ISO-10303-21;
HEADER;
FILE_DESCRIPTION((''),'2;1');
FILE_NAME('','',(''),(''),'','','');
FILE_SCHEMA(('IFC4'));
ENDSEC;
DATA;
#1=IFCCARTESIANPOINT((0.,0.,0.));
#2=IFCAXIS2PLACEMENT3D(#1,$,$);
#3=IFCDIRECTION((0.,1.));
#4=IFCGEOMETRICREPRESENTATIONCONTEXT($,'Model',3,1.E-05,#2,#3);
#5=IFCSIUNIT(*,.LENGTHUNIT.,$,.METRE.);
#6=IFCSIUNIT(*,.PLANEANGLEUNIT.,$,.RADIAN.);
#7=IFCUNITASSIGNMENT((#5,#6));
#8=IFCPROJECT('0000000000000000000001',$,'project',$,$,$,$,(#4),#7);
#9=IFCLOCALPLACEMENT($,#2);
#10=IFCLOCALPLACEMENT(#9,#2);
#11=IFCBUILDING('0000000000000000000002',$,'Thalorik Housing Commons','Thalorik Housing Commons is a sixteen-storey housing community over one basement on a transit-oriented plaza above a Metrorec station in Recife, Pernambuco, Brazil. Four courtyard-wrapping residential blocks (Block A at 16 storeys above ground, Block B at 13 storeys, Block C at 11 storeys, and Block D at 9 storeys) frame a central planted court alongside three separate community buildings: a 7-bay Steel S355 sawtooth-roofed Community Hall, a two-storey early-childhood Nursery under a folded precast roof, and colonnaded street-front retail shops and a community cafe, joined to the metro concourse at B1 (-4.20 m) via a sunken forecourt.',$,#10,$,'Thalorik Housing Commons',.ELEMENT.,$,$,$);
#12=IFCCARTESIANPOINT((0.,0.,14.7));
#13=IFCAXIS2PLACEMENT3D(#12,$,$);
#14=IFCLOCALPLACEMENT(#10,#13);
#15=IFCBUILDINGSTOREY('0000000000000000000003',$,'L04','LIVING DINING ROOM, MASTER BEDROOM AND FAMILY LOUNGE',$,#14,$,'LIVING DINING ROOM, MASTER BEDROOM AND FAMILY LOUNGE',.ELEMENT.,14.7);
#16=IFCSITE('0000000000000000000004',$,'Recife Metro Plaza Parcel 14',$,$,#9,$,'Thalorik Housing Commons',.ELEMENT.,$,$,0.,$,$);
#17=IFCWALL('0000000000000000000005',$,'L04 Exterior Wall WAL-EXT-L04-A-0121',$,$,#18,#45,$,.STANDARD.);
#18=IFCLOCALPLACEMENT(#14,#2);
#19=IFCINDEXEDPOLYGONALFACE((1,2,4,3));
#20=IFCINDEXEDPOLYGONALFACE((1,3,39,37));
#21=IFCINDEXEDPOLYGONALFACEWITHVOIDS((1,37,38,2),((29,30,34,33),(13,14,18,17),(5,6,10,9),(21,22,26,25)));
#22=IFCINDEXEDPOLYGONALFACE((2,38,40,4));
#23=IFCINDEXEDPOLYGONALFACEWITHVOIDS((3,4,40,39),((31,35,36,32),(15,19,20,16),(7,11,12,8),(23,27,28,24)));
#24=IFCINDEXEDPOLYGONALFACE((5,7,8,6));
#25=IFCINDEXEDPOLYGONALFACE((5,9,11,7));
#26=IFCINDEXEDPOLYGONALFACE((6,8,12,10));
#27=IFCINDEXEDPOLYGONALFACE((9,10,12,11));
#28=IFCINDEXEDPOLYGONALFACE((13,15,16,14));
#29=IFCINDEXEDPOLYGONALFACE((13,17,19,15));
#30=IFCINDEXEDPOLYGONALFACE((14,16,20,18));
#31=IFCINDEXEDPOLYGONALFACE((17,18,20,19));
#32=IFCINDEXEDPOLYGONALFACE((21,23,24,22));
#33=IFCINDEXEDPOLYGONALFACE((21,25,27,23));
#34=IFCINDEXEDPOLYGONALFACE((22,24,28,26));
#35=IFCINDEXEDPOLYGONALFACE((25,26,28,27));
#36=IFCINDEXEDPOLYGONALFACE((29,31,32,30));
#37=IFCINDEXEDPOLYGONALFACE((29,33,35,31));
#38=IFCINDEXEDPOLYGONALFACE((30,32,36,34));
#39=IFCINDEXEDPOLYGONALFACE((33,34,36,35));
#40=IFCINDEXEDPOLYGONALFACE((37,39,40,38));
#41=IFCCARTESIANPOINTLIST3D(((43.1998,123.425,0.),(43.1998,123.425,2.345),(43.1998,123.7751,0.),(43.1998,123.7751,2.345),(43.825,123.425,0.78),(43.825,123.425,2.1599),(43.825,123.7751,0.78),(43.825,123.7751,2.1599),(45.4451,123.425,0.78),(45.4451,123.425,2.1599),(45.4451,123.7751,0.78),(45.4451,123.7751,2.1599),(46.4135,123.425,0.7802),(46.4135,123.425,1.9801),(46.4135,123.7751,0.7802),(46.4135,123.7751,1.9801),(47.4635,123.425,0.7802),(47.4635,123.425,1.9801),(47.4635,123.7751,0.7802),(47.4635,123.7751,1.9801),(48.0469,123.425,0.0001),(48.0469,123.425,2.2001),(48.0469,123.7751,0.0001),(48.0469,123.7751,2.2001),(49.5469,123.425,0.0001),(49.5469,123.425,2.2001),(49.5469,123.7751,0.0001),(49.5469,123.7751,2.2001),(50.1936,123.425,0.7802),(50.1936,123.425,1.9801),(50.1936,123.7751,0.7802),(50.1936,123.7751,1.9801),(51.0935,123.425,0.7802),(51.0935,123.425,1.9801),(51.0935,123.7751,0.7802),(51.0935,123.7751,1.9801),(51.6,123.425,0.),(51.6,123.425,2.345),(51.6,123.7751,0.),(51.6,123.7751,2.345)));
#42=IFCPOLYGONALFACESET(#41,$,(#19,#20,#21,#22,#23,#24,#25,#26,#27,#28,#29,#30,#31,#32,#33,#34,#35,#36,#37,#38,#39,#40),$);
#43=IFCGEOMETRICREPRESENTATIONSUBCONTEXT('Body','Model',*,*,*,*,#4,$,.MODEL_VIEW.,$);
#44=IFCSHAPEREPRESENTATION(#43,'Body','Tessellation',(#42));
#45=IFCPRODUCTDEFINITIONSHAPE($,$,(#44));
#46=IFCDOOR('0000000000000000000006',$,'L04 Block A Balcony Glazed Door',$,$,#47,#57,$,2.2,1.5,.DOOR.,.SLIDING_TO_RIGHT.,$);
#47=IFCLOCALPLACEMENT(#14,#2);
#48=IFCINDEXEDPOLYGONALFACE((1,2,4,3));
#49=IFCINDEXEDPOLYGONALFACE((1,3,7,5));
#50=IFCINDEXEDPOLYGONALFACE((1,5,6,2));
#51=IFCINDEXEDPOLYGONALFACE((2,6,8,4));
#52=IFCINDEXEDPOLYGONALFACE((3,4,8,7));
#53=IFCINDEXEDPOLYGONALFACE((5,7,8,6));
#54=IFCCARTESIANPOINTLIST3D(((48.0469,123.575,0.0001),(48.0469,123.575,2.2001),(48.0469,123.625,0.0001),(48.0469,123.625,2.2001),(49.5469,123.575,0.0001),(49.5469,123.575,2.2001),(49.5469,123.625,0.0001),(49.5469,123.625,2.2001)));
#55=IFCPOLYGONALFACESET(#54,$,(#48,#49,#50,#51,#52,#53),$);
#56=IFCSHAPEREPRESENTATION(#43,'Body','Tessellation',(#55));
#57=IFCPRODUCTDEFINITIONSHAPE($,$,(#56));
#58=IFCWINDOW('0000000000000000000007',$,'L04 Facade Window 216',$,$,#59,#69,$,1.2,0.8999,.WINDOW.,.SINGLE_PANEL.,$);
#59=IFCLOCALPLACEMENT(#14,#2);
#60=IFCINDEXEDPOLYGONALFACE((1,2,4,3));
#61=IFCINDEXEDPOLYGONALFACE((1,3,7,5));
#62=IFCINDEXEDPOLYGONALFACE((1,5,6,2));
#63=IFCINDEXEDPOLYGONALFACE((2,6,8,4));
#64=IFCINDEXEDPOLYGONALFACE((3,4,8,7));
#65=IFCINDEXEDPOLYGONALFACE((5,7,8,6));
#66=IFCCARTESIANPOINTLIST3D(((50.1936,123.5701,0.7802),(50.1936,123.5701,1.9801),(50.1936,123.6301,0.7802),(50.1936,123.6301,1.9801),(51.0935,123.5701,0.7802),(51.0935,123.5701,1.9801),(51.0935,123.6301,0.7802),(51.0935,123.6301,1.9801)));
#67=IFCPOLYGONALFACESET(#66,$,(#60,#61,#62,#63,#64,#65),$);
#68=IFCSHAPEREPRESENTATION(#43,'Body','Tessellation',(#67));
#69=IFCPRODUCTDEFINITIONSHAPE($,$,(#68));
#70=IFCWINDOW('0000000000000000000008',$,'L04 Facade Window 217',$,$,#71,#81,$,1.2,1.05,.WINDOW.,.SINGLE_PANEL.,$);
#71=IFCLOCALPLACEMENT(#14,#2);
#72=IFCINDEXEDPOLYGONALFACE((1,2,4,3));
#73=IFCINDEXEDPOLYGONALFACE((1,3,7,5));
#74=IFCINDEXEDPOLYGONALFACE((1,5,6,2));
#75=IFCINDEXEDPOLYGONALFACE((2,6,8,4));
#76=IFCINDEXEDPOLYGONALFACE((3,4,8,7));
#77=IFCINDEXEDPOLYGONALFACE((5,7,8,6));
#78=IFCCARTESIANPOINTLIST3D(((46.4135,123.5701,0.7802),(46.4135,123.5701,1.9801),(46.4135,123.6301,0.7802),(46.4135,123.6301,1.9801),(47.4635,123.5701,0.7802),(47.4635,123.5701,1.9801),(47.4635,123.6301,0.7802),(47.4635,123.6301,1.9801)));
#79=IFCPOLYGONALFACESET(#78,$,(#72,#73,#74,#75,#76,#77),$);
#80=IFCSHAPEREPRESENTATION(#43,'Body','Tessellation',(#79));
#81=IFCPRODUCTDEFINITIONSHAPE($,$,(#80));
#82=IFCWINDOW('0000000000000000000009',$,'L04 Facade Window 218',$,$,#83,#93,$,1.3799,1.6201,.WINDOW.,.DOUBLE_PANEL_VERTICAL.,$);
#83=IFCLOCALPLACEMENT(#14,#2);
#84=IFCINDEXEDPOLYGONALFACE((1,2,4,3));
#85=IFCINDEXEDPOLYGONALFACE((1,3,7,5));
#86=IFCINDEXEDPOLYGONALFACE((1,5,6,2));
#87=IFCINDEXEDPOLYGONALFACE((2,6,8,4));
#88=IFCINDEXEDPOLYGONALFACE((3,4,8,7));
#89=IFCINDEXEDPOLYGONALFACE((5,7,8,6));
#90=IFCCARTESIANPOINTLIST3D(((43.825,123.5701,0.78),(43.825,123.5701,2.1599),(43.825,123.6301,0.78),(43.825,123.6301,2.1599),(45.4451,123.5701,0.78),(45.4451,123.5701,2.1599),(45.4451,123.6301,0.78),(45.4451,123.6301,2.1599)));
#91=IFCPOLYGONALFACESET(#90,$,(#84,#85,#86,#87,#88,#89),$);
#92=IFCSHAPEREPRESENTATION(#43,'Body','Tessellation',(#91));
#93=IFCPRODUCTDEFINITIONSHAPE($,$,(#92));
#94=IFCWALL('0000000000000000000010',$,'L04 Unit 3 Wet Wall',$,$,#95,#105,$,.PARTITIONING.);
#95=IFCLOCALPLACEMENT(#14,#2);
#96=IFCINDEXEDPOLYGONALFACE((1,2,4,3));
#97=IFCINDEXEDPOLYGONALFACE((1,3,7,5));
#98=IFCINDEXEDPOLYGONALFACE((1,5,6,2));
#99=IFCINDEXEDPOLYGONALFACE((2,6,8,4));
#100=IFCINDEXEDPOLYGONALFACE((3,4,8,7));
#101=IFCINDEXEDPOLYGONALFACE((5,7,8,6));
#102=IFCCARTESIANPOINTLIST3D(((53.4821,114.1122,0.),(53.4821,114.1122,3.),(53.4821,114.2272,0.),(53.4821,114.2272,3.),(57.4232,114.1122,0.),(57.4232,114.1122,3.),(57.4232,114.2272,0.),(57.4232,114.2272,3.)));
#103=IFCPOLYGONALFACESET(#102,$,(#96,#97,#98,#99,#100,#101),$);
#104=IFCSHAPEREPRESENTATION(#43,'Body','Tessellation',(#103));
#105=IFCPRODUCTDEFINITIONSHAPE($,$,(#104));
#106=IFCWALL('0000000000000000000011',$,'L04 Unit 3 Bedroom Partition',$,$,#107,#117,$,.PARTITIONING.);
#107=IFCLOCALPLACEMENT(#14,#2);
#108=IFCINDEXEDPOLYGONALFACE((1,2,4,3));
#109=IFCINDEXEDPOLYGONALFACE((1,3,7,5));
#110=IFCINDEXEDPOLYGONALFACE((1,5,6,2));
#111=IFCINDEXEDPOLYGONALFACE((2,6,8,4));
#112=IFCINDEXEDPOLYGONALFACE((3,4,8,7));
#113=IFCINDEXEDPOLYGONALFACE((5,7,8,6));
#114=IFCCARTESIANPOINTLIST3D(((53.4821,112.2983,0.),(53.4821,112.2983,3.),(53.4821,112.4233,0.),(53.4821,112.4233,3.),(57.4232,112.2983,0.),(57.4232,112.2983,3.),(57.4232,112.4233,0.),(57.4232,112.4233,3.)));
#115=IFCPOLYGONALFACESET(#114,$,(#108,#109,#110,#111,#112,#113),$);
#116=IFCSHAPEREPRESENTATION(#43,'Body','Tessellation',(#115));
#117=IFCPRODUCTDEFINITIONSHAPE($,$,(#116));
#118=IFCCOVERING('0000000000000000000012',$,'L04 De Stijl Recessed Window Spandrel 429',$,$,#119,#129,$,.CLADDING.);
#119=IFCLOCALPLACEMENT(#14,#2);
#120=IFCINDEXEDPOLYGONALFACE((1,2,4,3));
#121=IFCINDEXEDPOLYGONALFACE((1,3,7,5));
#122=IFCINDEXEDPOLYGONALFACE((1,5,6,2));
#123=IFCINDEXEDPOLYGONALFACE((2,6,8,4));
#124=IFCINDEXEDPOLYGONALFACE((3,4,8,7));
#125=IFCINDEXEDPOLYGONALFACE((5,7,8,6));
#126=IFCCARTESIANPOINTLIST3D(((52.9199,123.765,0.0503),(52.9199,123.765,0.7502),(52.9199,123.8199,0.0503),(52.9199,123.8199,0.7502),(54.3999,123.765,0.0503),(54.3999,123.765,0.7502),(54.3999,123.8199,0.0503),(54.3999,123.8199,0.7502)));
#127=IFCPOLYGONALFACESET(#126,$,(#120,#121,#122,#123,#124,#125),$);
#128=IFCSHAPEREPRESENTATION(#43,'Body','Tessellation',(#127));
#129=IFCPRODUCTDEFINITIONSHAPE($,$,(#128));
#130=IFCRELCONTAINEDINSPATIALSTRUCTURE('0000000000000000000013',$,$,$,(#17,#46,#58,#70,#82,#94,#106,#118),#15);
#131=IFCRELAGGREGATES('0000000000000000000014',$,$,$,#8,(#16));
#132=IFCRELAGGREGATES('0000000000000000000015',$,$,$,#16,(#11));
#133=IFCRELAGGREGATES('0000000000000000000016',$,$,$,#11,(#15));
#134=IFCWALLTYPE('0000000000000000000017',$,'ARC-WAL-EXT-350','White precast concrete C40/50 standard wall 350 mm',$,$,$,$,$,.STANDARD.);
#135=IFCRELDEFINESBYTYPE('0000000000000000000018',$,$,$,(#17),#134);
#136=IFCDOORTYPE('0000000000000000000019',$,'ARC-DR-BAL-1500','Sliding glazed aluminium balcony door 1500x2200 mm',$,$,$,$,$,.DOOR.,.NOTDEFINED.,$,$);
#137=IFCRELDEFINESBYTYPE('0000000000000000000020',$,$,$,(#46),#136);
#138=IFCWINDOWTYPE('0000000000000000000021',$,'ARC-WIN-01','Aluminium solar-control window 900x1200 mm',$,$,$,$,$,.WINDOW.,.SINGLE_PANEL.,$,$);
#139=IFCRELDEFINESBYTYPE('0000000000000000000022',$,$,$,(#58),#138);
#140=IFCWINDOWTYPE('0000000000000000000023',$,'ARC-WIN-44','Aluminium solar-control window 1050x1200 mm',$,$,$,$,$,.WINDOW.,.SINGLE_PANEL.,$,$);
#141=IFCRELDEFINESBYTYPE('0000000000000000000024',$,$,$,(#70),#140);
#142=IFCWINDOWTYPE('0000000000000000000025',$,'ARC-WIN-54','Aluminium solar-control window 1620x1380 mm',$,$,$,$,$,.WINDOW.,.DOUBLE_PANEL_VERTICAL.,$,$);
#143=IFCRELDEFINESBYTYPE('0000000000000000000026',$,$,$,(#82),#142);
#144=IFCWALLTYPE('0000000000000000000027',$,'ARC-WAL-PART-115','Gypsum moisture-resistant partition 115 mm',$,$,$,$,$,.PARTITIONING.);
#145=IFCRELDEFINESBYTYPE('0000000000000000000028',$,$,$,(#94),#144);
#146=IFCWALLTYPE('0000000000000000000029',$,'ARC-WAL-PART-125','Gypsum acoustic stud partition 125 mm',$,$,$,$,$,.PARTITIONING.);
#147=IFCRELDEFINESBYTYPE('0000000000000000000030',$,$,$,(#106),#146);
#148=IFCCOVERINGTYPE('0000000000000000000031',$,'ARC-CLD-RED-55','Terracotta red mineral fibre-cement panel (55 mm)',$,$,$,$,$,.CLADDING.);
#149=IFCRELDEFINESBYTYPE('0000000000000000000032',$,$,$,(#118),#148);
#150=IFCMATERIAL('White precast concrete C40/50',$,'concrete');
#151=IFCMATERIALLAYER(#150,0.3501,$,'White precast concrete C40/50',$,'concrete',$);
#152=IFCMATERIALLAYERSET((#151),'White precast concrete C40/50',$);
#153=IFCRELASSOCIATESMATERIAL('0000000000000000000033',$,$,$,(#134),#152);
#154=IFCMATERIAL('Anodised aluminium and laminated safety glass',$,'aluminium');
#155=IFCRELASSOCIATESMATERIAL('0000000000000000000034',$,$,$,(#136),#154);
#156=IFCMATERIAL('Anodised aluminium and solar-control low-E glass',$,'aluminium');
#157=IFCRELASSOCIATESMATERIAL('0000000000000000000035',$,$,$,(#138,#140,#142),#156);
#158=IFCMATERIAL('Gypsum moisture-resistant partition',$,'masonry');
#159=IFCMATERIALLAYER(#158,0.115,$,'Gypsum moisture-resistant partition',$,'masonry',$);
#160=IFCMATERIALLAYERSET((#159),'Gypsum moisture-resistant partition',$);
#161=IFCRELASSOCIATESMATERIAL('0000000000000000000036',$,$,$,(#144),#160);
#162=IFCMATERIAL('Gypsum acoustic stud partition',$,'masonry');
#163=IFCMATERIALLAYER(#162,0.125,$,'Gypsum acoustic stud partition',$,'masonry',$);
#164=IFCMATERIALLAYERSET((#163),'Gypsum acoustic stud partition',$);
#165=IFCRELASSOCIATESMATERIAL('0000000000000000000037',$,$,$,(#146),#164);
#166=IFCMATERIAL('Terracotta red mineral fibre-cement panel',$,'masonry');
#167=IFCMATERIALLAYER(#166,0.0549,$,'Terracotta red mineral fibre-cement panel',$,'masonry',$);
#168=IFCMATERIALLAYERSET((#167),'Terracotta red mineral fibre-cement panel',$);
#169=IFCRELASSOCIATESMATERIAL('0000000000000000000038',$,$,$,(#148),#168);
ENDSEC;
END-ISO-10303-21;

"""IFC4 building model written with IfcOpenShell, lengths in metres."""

from ifc_helpers import new_model, si_unit, direction, frame, frame_2d, origin, origin_2d, place, context, subcontext, project, spatial, rectangle, extrude, material, layer, layer_set, type_object, element, fill, save


model = new_model("IFC4")

# Units and contexts
model_context = context("Model", 3, precision=1e-05, world=origin(), true_north=direction((0.0, 1.0)))
body_context = subcontext(model_context, "Body", "Model", "MODEL_VIEW")
ifc_project = project(units=[si_unit("LENGTHUNIT", "METRE"), si_unit("PLANEANGLEUNIT", "RADIAN")], contexts=[model_context])

# Site, building, storey
site_placement = place(None, origin())
site = spatial("IfcSite", under=ifc_project, at=site_placement, Name="Recife Metro Plaza Parcel 14", LongName="Thalorik Housing Commons", CompositionType="ELEMENT", RefElevation=0.0)
building_placement = place(site_placement, origin())
building = spatial("IfcBuilding", under=site, at=building_placement, Name="Thalorik Housing Commons", Description="Thalorik Housing Commons is a sixteen-storey housing community over one basement on a transit-oriented plaza above a Metrorec station in Recife, Pernambuco, Brazil. Four courtyard-wrapping residential blocks (Block A at 16 storeys above ground, Block B at 13 storeys, Block C at 11 storeys, and Block D at 9 storeys) frame a central planted court alongside three separate community buildings: a 7-bay Steel S355 sawtooth-roofed Community Hall, a two-storey early-childhood Nursery under a folded precast roof, and colonnaded street-front retail shops and a community cafe, joined to the metro concourse at B1 (-4.20 m) via a sunken forecourt.", LongName="Thalorik Housing Commons", CompositionType="ELEMENT")
storey_placement = place(building_placement, frame((0.0, 0.0, 14.7)))
storey = spatial("IfcBuildingStorey", under=building, at=storey_placement, Name="L04", Description="LIVING DINING ROOM, MASTER BEDROOM AND FAMILY LOUNGE", LongName="LIVING DINING ROOM, MASTER BEDROOM AND FAMILY LOUNGE", CompositionType="ELEMENT", Elevation=14.7)

# Wall, openings, door, windows
ifc_material_1 = material(Name="White precast concrete C40/50", Category="concrete")
ifc_layer_1 = layer(ifc_material_1, 0.3501, Name="White precast concrete C40/50", Category="concrete")
ifc_layer_set_1 = layer_set([ifc_layer_1], Name="White precast concrete C40/50")
wall_type_1 = type_object("IfcWallType", Name="ARC-WAL-EXT-350", Description="White precast concrete C40/50 standard wall 350 mm", PredefinedType="STANDARD", material=ifc_layer_set_1)
wall_1_placement = place(storey_placement, frame((51.6001, 123.6001, 0.0), z_axis=(0.0, 0.0, 1.0), x_axis=(-1.0, 0.0, 0.0)))
wall_1 = element("IfcWall", 1, at=wall_1_placement, inside=storey, type_object=wall_type_1, Name="L04 Exterior Wall WAL-EXT-L04-A-0121", PredefinedType="STANDARD", context=body_context, shape_type="SweptSolid", body=[
    extrude(rectangle(XDim=8.4001, YDim=0.3501, at=frame_2d((4.2002, 0.0))), origin(), (0.0, 0.0, 1.0), 2.345),
])
opening_1_placement = place(wall_1_placement, frame((2.0532, 0.0, 0.0)))
opening_1 = element("IfcOpeningElement", 2, at=opening_1_placement, cuts=wall_1, PredefinedType="OPENING", context=body_context, shape_type="SweptSolid", body=[
    extrude(rectangle(XDim=1.5, YDim=2.2, at=frame_2d((0.75, 1.1001))), frame((0.0, 0.1851, 0.0), z_axis=(0.0, -1.0, 0.0), x_axis=(1.0, 0.0, 0.0)), (0.0, 0.0, 1.0), 0.3701),
])
opening_2_placement = place(wall_1_placement, frame((0.5066, 0.0, 0.78)))
opening_2 = element("IfcOpeningElement", 3, at=opening_2_placement, cuts=wall_1, PredefinedType="OPENING", context=body_context, shape_type="SweptSolid", body=[
    extrude(rectangle(XDim=0.8999, YDim=1.2, at=frame_2d((0.45, 0.6001))), frame((0.0, 0.1851, 0.0), z_axis=(0.0, -1.0, 0.0), x_axis=(1.0, 0.0, 0.0)), (0.0, 0.0, 1.0), 0.3701),
])
opening_3_placement = place(wall_1_placement, frame((4.1367, 0.0, 0.78)))
opening_3 = element("IfcOpeningElement", 4, at=opening_3_placement, cuts=wall_1, PredefinedType="OPENING", context=body_context, shape_type="SweptSolid", body=[
    extrude(rectangle(XDim=1.05, YDim=1.2, at=frame_2d((0.5249, 0.6001))), frame((0.0, 0.1851, 0.0), z_axis=(0.0, -1.0, 0.0), x_axis=(1.0, 0.0, 0.0)), (0.0, 0.0, 1.0), 0.3701),
])
opening_4_placement = place(wall_1_placement, frame((6.155, 0.0, 0.78)))
opening_4 = element("IfcOpeningElement", 5, at=opening_4_placement, cuts=wall_1, PredefinedType="OPENING", context=body_context, shape_type="SweptSolid", body=[
    extrude(rectangle(XDim=1.6201, YDim=1.3799, at=frame_2d((0.8101, 0.6899))), frame((0.0, 0.1851, 0.0), z_axis=(0.0, -1.0, 0.0), x_axis=(1.0, 0.0, 0.0)), (0.0, 0.0, 1.0), 0.3701),
])
ifc_material_2 = material(Name="Anodised aluminium and laminated safety glass", Category="aluminium")
door_type = type_object("IfcDoorType", Name="ARC-DR-BAL-1500", Description="Sliding glazed aluminium balcony door 1500x2200 mm", OperationType="NOTDEFINED", PredefinedType="DOOR", material=ifc_material_2)
door_placement = place(opening_1_placement, frame((1.5, 0.0, 0.0), z_axis=(0.0, 0.0, 1.0), x_axis=(-1.0, 0.0, 0.0)))
door = element("IfcDoor", 6, at=door_placement, inside=storey, type_object=door_type, Name="L04 Block A Balcony Glazed Door", OperationType="SLIDING_TO_RIGHT", OverallHeight=2.2, OverallWidth=1.5, PredefinedType="DOOR", context=body_context, shape_type="SweptSolid", body=[
    extrude(rectangle(XDim=1.5, YDim=2.2, at=frame_2d((0.75, 1.1001))), frame((0.0, 0.0249, 0.0), z_axis=(0.0, -1.0, 0.0), x_axis=(1.0, 0.0, 0.0)), (0.0, 0.0, 1.0), 0.05),
])
fill(opening_1, door)
ifc_material_3 = material(Name="Anodised aluminium and solar-control low-E glass", Category="aluminium")
window_type_1 = type_object("IfcWindowType", Name="ARC-WIN-01", Description="Aluminium solar-control window 900x1200 mm", PartitioningType="SINGLE_PANEL", PredefinedType="WINDOW", material=ifc_material_3)
window_1_placement = place(opening_2_placement, origin())
window_1 = element("IfcWindow", 7, at=window_1_placement, inside=storey, type_object=window_type_1, Name="L04 Facade Window 216", OverallHeight=1.2, OverallWidth=0.8999, PartitioningType="SINGLE_PANEL", PredefinedType="WINDOW", context=body_context, shape_type="SweptSolid", body=[
    extrude(rectangle(XDim=0.8999, YDim=1.2, at=frame_2d((0.45, 0.6001))), frame((0.0, 0.03, 0.0), z_axis=(0.0, -1.0, 0.0), x_axis=(1.0, 0.0, 0.0)), (0.0, 0.0, 1.0), 0.0601),
])
fill(opening_2, window_1)
window_type_2 = type_object("IfcWindowType", Name="ARC-WIN-44", Description="Aluminium solar-control window 1050x1200 mm", PartitioningType="SINGLE_PANEL", PredefinedType="WINDOW", material=ifc_material_3)
window_2_placement = place(opening_3_placement, origin())
window_2 = element("IfcWindow", 8, at=window_2_placement, inside=storey, type_object=window_type_2, Name="L04 Facade Window 217", OverallHeight=1.2, OverallWidth=1.05, PartitioningType="SINGLE_PANEL", PredefinedType="WINDOW", context=body_context, shape_type="SweptSolid", body=[
    extrude(rectangle(XDim=1.05, YDim=1.2, at=frame_2d((0.5249, 0.6001))), frame((0.0, 0.03, 0.0), z_axis=(0.0, -1.0, 0.0), x_axis=(1.0, 0.0, 0.0)), (0.0, 0.0, 1.0), 0.0601),
])
fill(opening_3, window_2)
window_type_3 = type_object("IfcWindowType", Name="ARC-WIN-54", Description="Aluminium solar-control window 1620x1380 mm", PartitioningType="DOUBLE_PANEL_VERTICAL", PredefinedType="WINDOW", material=ifc_material_3)
window_3_placement = place(opening_4_placement, origin())
window_3 = element("IfcWindow", 9, at=window_3_placement, inside=storey, type_object=window_type_3, Name="L04 Facade Window 218", OverallHeight=1.3799, OverallWidth=1.6201, PartitioningType="DOUBLE_PANEL_VERTICAL", PredefinedType="WINDOW", context=body_context, shape_type="SweptSolid", body=[
    extrude(rectangle(XDim=1.6201, YDim=1.3799, at=frame_2d((0.8101, 0.6899))), frame((0.0, 0.03, 0.0), z_axis=(0.0, -1.0, 0.0), x_axis=(1.0, 0.0, 0.0)), (0.0, 0.0, 1.0), 0.0601),
])
fill(opening_4, window_3)

# Walls
ifc_material_4 = material(Name="Gypsum moisture-resistant partition", Category="masonry")
ifc_layer_2 = layer(ifc_material_4, 0.115, Name="Gypsum moisture-resistant partition", Category="masonry")
ifc_layer_set_2 = layer_set([ifc_layer_2], Name="Gypsum moisture-resistant partition")
wall_type_2 = type_object("IfcWallType", Name="ARC-WAL-PART-115", Description="Gypsum moisture-resistant partition 115 mm", PredefinedType="PARTITIONING", material=ifc_layer_set_2)
wall_2_placement = place(storey_placement, frame((53.4819, 114.1697, 0.0), z_axis=(0.0, 0.0, 1.0), x_axis=(1.0, 0.0, 0.0)))
element("IfcWall", 10, at=wall_2_placement, inside=storey, type_object=wall_type_2, Name="L04 Unit 3 Wet Wall", PredefinedType="PARTITIONING", context=body_context, shape_type="SweptSolid", body=[
    extrude(rectangle(XDim=3.9412, YDim=0.115, at=frame_2d((1.9707, 0.0))), origin(), (0.0, 0.0, 1.0), 3.0),
])
ifc_material_5 = material(Name="Gypsum acoustic stud partition", Category="masonry")
ifc_layer_3 = layer(ifc_material_5, 0.125, Name="Gypsum acoustic stud partition", Category="masonry")
ifc_layer_set_3 = layer_set([ifc_layer_3], Name="Gypsum acoustic stud partition")
wall_type_3 = type_object("IfcWallType", Name="ARC-WAL-PART-125", Description="Gypsum acoustic stud partition 125 mm", PredefinedType="PARTITIONING", material=ifc_layer_set_3)
wall_3_placement = place(storey_placement, frame((53.4819, 112.3608, 0.0), z_axis=(0.0, 0.0, 1.0), x_axis=(1.0, 0.0, 0.0)))
element("IfcWall", 11, at=wall_3_placement, inside=storey, type_object=wall_type_3, Name="L04 Unit 3 Bedroom Partition", PredefinedType="PARTITIONING", context=body_context, shape_type="SweptSolid", body=[
    extrude(rectangle(XDim=3.9412, YDim=0.125, at=frame_2d((1.9707, 0.0))), origin(), (0.0, 0.0, 1.0), 3.0),
])

# Covering
ifc_material_6 = material(Name="Terracotta red mineral fibre-cement panel", Category="masonry")
ifc_layer_4 = layer(ifc_material_6, 0.0549, Name="Terracotta red mineral fibre-cement panel", Category="masonry")
ifc_layer_set_4 = layer_set([ifc_layer_4], Name="Terracotta red mineral fibre-cement panel")
covering_type_1 = type_object("IfcCoveringType", Name="ARC-CLD-RED-55", Description="Terracotta red mineral fibre-cement panel (55 mm)", PredefinedType="CLADDING", material=ifc_layer_set_4)
covering_1_placement = place(storey_placement, frame((53.6599, 123.7925, 0.0503), z_axis=(0.0, 0.0, 1.0), x_axis=(-1.0, 0.0, 0.0)))
element("IfcCovering", 12, at=covering_1_placement, inside=storey, type_object=covering_type_1, Name="L04 De Stijl Recessed Window Spandrel 429", PredefinedType="CLADDING", context=body_context, shape_type="SweptSolid", body=[
    extrude(rectangle(XDim=1.48, YDim=0.0549, at=origin_2d()), origin(), (0.0, 0.0, 1.0), 0.7),
])

save(model, "model.ifc")
